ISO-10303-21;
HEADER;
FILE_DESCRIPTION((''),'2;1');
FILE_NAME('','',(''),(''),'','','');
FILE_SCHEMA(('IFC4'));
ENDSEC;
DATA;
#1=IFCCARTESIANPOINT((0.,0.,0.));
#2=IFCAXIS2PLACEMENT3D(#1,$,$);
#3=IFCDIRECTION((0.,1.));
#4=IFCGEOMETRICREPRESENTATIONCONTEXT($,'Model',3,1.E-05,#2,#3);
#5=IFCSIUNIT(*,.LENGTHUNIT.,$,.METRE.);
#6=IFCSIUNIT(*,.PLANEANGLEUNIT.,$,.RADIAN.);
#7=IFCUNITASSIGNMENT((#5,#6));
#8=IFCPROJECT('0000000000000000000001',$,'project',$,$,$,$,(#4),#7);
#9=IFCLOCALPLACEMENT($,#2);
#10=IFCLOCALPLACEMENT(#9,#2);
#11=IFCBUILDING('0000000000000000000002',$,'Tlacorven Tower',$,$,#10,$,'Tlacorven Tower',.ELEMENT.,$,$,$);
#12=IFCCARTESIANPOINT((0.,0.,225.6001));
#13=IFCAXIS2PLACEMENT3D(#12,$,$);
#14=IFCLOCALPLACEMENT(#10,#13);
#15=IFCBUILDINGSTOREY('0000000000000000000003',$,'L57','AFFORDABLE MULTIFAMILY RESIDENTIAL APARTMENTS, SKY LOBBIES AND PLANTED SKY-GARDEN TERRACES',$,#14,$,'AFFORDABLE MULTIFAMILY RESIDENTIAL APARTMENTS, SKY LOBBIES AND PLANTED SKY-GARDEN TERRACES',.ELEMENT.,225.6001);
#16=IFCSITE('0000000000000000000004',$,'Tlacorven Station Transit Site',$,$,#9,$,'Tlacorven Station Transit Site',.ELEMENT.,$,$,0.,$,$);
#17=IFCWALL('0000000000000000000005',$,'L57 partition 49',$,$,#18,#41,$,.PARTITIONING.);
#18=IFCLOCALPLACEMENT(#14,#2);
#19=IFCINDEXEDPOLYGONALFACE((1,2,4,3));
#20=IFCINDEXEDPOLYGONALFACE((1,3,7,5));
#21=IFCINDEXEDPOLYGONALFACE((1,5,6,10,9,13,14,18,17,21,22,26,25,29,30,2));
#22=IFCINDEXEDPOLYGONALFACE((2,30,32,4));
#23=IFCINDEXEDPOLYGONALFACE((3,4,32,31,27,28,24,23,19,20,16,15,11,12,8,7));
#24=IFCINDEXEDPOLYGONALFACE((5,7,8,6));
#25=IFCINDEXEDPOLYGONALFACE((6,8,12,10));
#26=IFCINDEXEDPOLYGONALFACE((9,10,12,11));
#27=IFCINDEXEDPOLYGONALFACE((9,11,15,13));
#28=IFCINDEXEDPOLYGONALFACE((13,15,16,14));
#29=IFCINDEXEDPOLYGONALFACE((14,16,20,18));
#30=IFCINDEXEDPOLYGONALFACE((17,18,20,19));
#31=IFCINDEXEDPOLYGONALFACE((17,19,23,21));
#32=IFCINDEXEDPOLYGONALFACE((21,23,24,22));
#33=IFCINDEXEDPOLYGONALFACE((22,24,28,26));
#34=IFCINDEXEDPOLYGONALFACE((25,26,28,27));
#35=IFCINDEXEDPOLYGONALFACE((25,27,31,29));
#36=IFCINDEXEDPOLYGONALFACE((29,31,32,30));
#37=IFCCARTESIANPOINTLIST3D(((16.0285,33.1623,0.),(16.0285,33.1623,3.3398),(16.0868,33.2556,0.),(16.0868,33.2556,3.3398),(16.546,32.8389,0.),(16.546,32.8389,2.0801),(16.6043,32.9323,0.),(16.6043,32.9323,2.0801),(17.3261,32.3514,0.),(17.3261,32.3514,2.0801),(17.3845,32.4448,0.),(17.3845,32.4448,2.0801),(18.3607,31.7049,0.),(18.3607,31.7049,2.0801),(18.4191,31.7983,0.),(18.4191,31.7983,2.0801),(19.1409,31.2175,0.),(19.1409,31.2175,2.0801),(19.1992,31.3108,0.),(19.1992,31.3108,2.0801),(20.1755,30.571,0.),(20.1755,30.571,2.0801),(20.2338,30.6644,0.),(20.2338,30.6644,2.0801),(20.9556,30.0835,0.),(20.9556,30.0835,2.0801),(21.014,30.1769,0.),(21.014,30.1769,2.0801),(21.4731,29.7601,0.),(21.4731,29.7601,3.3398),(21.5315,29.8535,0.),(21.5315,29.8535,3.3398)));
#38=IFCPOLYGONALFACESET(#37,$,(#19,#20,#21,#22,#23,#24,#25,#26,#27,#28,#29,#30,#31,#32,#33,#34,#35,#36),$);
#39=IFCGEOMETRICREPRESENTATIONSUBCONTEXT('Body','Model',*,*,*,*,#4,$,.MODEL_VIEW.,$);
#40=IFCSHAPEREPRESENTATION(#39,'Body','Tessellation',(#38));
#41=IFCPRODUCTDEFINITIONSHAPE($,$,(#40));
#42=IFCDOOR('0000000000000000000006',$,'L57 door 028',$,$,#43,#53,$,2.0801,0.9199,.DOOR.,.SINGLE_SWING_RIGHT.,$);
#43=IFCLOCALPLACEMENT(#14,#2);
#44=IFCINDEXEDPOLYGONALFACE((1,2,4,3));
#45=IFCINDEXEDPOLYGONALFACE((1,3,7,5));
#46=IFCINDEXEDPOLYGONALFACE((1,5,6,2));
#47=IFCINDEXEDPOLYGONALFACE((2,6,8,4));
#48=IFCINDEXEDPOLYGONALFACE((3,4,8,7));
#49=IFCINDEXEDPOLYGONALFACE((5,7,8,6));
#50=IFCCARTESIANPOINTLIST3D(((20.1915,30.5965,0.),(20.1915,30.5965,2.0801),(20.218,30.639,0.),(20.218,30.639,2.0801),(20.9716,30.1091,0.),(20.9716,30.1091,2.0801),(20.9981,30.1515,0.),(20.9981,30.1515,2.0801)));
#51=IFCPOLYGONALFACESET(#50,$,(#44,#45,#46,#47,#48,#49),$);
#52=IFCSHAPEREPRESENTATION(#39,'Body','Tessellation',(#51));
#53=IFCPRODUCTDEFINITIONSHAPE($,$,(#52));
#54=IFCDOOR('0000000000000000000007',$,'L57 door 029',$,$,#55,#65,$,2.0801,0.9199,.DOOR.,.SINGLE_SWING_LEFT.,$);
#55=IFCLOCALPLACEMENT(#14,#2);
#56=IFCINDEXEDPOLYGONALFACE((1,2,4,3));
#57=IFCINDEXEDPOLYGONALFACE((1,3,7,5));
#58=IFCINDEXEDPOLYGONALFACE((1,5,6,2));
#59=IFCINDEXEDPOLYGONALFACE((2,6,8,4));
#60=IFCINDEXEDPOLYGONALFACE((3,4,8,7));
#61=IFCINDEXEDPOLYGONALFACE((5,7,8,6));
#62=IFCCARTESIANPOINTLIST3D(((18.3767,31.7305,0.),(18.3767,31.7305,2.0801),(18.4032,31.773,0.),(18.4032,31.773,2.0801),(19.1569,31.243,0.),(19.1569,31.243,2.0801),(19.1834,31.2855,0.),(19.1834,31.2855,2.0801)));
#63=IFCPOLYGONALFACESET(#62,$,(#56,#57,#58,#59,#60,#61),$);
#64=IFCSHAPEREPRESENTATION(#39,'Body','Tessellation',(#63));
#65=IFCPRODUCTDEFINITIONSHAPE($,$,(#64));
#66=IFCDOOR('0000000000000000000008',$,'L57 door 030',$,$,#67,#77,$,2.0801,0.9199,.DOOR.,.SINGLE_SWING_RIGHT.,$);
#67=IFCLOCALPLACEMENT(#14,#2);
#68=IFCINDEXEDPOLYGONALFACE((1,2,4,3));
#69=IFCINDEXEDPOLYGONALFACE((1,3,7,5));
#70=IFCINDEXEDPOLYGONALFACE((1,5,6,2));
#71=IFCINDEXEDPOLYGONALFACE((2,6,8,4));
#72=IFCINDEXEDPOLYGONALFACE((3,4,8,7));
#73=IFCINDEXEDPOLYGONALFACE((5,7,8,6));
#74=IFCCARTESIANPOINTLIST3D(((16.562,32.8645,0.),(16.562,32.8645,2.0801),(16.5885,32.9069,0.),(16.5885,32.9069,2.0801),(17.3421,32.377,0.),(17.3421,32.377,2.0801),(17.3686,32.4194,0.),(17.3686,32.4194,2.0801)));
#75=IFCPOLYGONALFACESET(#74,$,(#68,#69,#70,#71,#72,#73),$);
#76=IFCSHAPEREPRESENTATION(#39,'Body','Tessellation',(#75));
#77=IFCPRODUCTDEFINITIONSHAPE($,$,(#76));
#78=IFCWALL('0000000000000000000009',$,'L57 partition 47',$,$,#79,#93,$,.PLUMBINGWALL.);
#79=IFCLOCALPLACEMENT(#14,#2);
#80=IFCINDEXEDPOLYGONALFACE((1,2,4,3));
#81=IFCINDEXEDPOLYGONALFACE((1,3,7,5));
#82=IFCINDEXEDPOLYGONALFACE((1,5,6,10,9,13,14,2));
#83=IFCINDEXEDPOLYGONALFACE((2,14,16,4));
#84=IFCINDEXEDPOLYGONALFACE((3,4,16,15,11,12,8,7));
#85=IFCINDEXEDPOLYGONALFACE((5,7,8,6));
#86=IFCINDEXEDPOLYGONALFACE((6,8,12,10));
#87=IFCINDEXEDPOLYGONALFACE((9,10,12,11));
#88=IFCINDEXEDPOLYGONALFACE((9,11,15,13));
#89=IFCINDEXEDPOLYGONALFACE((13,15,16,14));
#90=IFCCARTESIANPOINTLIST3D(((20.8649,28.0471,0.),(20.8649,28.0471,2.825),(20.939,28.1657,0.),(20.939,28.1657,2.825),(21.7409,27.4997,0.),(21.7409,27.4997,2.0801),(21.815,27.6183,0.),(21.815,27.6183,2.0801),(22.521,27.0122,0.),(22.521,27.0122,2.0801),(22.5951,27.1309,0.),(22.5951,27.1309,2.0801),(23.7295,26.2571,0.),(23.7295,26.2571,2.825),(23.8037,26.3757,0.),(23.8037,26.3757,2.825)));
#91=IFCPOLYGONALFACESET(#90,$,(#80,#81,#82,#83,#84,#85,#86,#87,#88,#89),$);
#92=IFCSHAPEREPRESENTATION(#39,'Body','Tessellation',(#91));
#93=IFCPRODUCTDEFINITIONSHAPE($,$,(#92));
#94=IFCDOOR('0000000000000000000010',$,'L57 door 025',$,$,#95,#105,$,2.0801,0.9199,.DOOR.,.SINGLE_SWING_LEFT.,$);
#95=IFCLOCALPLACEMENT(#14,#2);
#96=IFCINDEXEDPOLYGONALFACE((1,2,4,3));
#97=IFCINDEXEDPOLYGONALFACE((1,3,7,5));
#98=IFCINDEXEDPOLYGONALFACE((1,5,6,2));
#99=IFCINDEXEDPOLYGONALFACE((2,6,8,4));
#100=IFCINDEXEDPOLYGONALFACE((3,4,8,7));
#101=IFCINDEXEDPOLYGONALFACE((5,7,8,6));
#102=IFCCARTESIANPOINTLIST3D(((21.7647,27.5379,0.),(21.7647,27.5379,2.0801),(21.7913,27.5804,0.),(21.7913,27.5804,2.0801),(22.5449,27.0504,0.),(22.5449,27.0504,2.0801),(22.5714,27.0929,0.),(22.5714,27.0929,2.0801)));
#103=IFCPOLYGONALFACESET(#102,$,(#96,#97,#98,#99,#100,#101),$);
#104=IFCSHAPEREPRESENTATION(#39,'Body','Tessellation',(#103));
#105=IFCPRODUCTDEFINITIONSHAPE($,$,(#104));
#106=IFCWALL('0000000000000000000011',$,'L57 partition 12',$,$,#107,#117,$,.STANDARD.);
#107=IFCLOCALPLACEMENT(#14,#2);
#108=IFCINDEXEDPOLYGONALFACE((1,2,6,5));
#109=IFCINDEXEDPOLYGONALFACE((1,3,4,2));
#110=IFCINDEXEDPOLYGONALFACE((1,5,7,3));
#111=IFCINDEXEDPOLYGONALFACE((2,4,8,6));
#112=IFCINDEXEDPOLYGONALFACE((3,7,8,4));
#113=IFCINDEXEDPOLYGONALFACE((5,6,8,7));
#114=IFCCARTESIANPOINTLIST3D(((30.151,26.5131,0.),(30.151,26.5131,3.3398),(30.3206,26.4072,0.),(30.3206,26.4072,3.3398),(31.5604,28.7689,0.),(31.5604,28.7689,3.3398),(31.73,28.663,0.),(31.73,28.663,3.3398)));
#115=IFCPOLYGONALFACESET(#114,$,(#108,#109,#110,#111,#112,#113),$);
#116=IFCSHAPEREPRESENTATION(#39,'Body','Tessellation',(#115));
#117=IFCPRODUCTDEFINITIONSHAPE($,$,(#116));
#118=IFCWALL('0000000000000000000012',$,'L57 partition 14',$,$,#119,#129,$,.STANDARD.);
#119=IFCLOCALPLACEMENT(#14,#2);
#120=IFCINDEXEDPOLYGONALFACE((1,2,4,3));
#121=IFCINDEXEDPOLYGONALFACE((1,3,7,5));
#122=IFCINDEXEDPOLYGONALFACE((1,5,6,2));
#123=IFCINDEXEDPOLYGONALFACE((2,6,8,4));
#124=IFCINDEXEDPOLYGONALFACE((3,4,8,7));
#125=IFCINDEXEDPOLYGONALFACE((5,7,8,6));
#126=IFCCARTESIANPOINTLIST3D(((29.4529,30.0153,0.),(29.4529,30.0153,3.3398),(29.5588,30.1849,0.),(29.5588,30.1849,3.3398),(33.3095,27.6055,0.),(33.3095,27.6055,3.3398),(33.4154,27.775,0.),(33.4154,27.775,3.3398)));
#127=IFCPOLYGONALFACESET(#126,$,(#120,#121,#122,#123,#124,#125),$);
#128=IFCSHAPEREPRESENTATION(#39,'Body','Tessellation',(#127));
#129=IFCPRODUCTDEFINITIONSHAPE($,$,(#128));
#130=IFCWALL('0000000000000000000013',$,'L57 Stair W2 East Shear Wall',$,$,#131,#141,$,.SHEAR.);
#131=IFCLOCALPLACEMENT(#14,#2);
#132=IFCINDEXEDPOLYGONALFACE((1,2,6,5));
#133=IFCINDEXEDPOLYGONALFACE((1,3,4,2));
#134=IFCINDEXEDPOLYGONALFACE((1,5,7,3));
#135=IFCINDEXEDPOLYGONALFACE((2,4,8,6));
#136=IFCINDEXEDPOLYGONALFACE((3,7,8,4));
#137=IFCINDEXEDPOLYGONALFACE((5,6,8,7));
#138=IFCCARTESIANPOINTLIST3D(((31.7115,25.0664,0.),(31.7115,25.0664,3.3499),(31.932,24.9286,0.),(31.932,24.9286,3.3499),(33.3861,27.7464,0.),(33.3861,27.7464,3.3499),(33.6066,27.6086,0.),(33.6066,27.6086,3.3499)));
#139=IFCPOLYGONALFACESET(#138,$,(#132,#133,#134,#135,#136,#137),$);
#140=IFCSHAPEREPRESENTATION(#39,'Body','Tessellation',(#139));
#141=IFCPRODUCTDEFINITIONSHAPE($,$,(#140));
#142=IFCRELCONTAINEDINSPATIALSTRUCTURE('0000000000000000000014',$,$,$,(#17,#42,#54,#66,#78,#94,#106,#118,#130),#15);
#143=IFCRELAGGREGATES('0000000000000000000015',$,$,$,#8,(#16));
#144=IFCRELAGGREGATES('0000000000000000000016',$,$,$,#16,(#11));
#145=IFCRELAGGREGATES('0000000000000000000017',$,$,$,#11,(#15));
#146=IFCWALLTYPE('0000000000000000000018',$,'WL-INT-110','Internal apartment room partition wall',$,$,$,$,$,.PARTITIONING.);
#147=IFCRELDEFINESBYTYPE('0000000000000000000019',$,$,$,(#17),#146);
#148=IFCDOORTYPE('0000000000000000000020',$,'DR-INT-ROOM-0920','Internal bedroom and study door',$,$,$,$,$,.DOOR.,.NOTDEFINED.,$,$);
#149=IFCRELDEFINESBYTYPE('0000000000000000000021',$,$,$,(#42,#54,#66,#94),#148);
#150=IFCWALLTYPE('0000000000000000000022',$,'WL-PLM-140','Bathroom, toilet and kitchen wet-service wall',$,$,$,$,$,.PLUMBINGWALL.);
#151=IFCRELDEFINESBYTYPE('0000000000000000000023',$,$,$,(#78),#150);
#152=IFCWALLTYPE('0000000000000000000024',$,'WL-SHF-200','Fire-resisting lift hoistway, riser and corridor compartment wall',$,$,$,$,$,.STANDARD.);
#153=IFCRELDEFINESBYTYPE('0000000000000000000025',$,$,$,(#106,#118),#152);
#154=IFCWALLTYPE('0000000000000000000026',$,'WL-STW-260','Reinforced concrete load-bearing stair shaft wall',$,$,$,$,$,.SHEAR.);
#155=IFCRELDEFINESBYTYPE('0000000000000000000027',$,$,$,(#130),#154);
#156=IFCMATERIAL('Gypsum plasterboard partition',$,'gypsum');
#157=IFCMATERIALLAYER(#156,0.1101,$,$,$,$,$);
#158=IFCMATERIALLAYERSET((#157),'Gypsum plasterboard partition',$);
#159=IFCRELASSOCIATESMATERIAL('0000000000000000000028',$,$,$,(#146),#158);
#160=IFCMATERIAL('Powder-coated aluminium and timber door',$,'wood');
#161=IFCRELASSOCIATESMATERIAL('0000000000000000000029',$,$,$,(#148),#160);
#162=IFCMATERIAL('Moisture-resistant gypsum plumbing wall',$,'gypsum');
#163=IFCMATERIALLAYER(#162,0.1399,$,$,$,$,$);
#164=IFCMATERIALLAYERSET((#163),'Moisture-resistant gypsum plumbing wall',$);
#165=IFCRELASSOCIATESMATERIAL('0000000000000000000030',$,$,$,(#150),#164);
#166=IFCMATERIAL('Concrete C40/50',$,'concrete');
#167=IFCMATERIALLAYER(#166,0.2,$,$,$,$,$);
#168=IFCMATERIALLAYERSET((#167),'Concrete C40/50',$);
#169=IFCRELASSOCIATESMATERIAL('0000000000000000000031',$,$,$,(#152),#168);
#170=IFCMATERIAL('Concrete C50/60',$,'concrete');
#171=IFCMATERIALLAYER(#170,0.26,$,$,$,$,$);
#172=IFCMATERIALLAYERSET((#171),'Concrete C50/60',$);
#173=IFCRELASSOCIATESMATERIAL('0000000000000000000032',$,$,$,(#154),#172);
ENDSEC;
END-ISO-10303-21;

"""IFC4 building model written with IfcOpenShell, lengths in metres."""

from ifc_helpers import new_model, si_unit, direction, frame, frame_2d, origin, place, context, subcontext, project, spatial, rectangle, extrude, source, transform, mapped, material, layer, layer_set, type_object, element, fill, save


model = new_model("IFC4")

# Units and contexts
model_context = context("Model", 3, precision=1e-05, world=origin(), true_north=direction((0.0, 1.0)))
body_context = subcontext(model_context, "Body", "Model", "MODEL_VIEW")
ifc_project = project(units=[si_unit("LENGTHUNIT", "METRE"), si_unit("PLANEANGLEUNIT", "RADIAN")], contexts=[model_context])

# Site, building, storey
site_placement = place(None, origin())
site = spatial("IfcSite", under=ifc_project, at=site_placement, Name="Tlacorven Station Transit Site", LongName="Tlacorven Station Transit Site", CompositionType="ELEMENT", RefElevation=0.0)
building_placement = place(site_placement, origin())
building = spatial("IfcBuilding", under=site, at=building_placement, Name="Tlacorven Tower", LongName="Tlacorven Tower", CompositionType="ELEMENT")
storey_placement = place(building_placement, frame((0.0, 0.0, 225.6001)))
storey = spatial("IfcBuildingStorey", under=building, at=storey_placement, Name="L57", Description="AFFORDABLE MULTIFAMILY RESIDENTIAL APARTMENTS, SKY LOBBIES AND PLANTED SKY-GARDEN TERRACES", LongName="AFFORDABLE MULTIFAMILY RESIDENTIAL APARTMENTS, SKY LOBBIES AND PLANTED SKY-GARDEN TERRACES", CompositionType="ELEMENT", Elevation=225.6001)

# Shared definitions
ifc_material_1 = material(Name="Concrete C50/60", Category="concrete")

# Shared definitions
ifc_material_2 = material(Name="Gypsum plasterboard partition", Category="gypsum")
ifc_layer_1 = layer(ifc_material_2, 0.1101)
ifc_layer_set_1 = layer_set([ifc_layer_1], Name="Gypsum plasterboard partition")
wall_type_1 = type_object("IfcWallType", Name="WL-INT-110", Description="Internal apartment room partition wall", PredefinedType="PARTITIONING", material=ifc_layer_set_1)
ifc_material_3 = material(Name="Powder-coated aluminium and timber door", Category="wood")

# Wall, openings, doors
wall_1_placement = place(storey_placement, frame((21.5022, 29.8069, 0.0), z_axis=(0.0, 0.0, 1.0), x_axis=(-0.848052, 0.529913, 0.0)))
wall_1 = element("IfcWall", 1, at=wall_1_placement, inside=storey, type_object=wall_type_1, Name="L57 partition 49", PredefinedType="PARTITIONING", context=body_context, shape_type="SweptSolid", body=[
    extrude(rectangle(XDim=6.4202, YDim=0.1101, at=frame_2d((3.21, 0.0))), origin(), (0.0, 0.0, 1.0), 3.3398),
])
opening_1_placement = place(wall_1_placement, frame((0.6101, 0.0, 0.0)))
opening_1 = element("IfcOpeningElement", 2, at=opening_1_placement, cuts=wall_1, PredefinedType="OPENING", context=body_context, shape_type="SweptSolid", body=[
    extrude(rectangle(XDim=0.9199, YDim=2.0801, at=frame_2d((0.46, 1.04))), frame((0.0, 0.0649, 0.0), z_axis=(0.0, -1.0, 0.0), x_axis=(1.0, 0.0, 0.0)), (0.0, 0.0, 1.0), 0.1301),
])
opening_2_placement = place(wall_1_placement, frame((2.75, 0.0, 0.0)))
opening_2 = element("IfcOpeningElement", 3, at=opening_2_placement, cuts=wall_1, PredefinedType="OPENING", context=body_context, shape_type="SweptSolid", body=[
    extrude(rectangle(XDim=0.9199, YDim=2.0801, at=frame_2d((0.46, 1.04))), frame((0.0, 0.0649, 0.0), z_axis=(0.0, -1.0, 0.0), x_axis=(1.0, 0.0, 0.0)), (0.0, 0.0, 1.0), 0.1301),
])
opening_3_placement = place(wall_1_placement, frame((4.8899, 0.0, 0.0)))
opening_3 = element("IfcOpeningElement", 4, at=opening_3_placement, cuts=wall_1, PredefinedType="OPENING", context=body_context, shape_type="SweptSolid", body=[
    extrude(rectangle(XDim=0.9199, YDim=2.0801, at=frame_2d((0.46, 1.04))), frame((0.0, 0.0649, 0.0), z_axis=(0.0, -1.0, 0.0), x_axis=(1.0, 0.0, 0.0)), (0.0, 0.0, 1.0), 0.1301),
])
door_type_1 = type_object("IfcDoorType", Name="DR-INT-ROOM-0920", Description="Internal bedroom and study door", OperationType="NOTDEFINED", PredefinedType="DOOR", material=ifc_material_3)
shared_shape_1 = source(origin(), body_context, "Body", "SweptSolid", [
    extrude(rectangle(XDim=0.9199, YDim=2.0801, at=frame_2d((0.46, 1.04))), frame((0.0, 0.0249, 0.0), z_axis=(0.0, -1.0, 0.0), x_axis=(1.0, 0.0, 0.0)), (0.0, 0.0, 1.0), 0.05),
])
door_1_placement = place(opening_1_placement, origin())
door_1 = element("IfcDoor", 5, at=door_1_placement, inside=storey, type_object=door_type_1, Name="L57 door 028", OperationType="SINGLE_SWING_RIGHT", OverallHeight=2.0801, OverallWidth=0.9199, PredefinedType="DOOR", context=body_context, shape_type="MappedRepresentation", body=[
    mapped(shared_shape_1, transform((0.0, 0.0, 0.0), scale=1.0)),
])
fill(opening_1, door_1)
door_2_placement = place(opening_2_placement, origin())
door_2 = element("IfcDoor", 6, at=door_2_placement, inside=storey, type_object=door_type_1, Name="L57 door 029", OperationType="SINGLE_SWING_LEFT", OverallHeight=2.0801, OverallWidth=0.9199, PredefinedType="DOOR", context=body_context, shape_type="MappedRepresentation", body=[
    mapped(shared_shape_1, transform((0.0, 0.0, 0.0), scale=1.0)),
])
fill(opening_2, door_2)
door_3_placement = place(opening_3_placement, origin())
door_3 = element("IfcDoor", 7, at=door_3_placement, inside=storey, type_object=door_type_1, Name="L57 door 030", OperationType="SINGLE_SWING_RIGHT", OverallHeight=2.0801, OverallWidth=0.9199, PredefinedType="DOOR", context=body_context, shape_type="MappedRepresentation", body=[
    mapped(shared_shape_1, transform((0.0, 0.0, 0.0), scale=1.0)),
])
fill(opening_3, door_3)

# Wall, opening, door
ifc_material_4 = material(Name="Moisture-resistant gypsum plumbing wall", Category="gypsum")
ifc_layer_2 = layer(ifc_material_4, 0.1399)
ifc_layer_set_2 = layer_set([ifc_layer_2], Name="Moisture-resistant gypsum plumbing wall")
wall_type_2 = type_object("IfcWallType", Name="WL-PLM-140", Description="Bathroom, toilet and kitchen wet-service wall", PredefinedType="PLUMBINGWALL", material=ifc_layer_set_2)
wall_2_placement = place(storey_placement, frame((23.7666, 26.3164, 0.0), z_axis=(0.0, 0.0, 1.0), x_axis=(-0.848055, 0.529908, 0.0)))
wall_2 = element("IfcWall", 8, at=wall_2_placement, inside=storey, type_object=wall_type_2, Name="L57 partition 47", PredefinedType="PLUMBINGWALL", context=body_context, shape_type="SweptSolid", body=[
    extrude(rectangle(XDim=3.3779, YDim=0.1399, at=frame_2d((1.689, 0.0))), origin(), (0.0, 0.0, 1.0), 2.825),
])
opening_4_placement = place(wall_2_placement, frame((1.425, 0.0, 0.0)))
opening_4 = element("IfcOpeningElement", 9, at=opening_4_placement, cuts=wall_2, PredefinedType="OPENING", context=body_context, shape_type="SweptSolid", body=[
    extrude(rectangle(XDim=0.9199, YDim=2.0801, at=frame_2d((0.46, 1.04))), frame((0.0, 0.0801, 0.0), z_axis=(0.0, -1.0, 0.0), x_axis=(1.0, 0.0, 0.0)), (0.0, 0.0, 1.0), 0.1599),
])
door_4_placement = place(opening_4_placement, origin())
door_4 = element("IfcDoor", 10, at=door_4_placement, inside=storey, type_object=door_type_1, Name="L57 door 025", OperationType="SINGLE_SWING_LEFT", OverallHeight=2.0801, OverallWidth=0.9199, PredefinedType="DOOR", context=body_context, shape_type="MappedRepresentation", body=[
    mapped(shared_shape_1, transform((0.0, 0.0, 0.0), scale=1.0)),
])
fill(opening_4, door_4)

# Shared definitions
ifc_material_5 = material(Name="Concrete C40/50", Category="concrete")
ifc_layer_3 = layer(ifc_material_5, 0.2)
ifc_layer_set_3 = layer_set([ifc_layer_3], Name="Concrete C40/50")
wall_type_3 = type_object("IfcWallType", Name="WL-SHF-200", Description="Fire-resisting lift hoistway, riser and corridor compartment wall", PredefinedType="STANDARD", material=ifc_layer_set_3)

# Walls
wall_3_placement = place(storey_placement, frame((31.6453, 28.7161, 0.0), z_axis=(0.0, 0.0, 1.0), x_axis=(-0.529867, -0.848081, 0.0)))
element("IfcWall", 11, at=wall_3_placement, inside=storey, type_object=wall_type_3, Name="L57 partition 12", PredefinedType="STANDARD", context=body_context, shape_type="SweptSolid", body=[
    extrude(rectangle(XDim=2.6599, YDim=0.2, at=frame_2d((1.3301, 0.0))), origin(), (0.0, 0.0, 1.0), 3.3398),
])
wall_4_placement = place(storey_placement, frame((33.3625, 27.6902, 0.0), z_axis=(0.0, 0.0, 1.0), x_axis=(-0.84805, 0.529917, 0.0)))
element("IfcWall", 12, at=wall_4_placement, inside=storey, type_object=wall_type_3, Name="L57 partition 14", PredefinedType="STANDARD", context=body_context, shape_type="SweptSolid", body=[
    extrude(rectangle(XDim=4.5476, YDim=0.2, at=frame_2d((2.2739, 0.0))), origin(), (0.0, 0.0, 1.0), 3.3398),
])

# Wall
ifc_layer_4 = layer(ifc_material_1, 0.26)
ifc_layer_set_4 = layer_set([ifc_layer_4], Name="Concrete C50/60")
wall_type_4 = type_object("IfcWallType", Name="WL-STW-260", Description="Reinforced concrete load-bearing stair shaft wall", PredefinedType="SHEAR", material=ifc_layer_set_4)
wall_5_placement = place(storey_placement, frame((33.4963, 27.6775, 0.0), z_axis=(0.0, 0.0, 1.0), x_axis=(-0.529909, -0.848055, 0.0)))
element("IfcWall", 13, at=wall_5_placement, inside=storey, type_object=wall_type_4, Name="L57 Stair W2 East Shear Wall", PredefinedType="SHEAR", context=body_context, shape_type="SweptSolid", body=[
    extrude(rectangle(XDim=3.1602, YDim=0.26, at=frame_2d((1.5801, 0.0))), origin(), (0.0, 0.0, 1.0), 3.3499),
])

save(model, "model.ifc")
